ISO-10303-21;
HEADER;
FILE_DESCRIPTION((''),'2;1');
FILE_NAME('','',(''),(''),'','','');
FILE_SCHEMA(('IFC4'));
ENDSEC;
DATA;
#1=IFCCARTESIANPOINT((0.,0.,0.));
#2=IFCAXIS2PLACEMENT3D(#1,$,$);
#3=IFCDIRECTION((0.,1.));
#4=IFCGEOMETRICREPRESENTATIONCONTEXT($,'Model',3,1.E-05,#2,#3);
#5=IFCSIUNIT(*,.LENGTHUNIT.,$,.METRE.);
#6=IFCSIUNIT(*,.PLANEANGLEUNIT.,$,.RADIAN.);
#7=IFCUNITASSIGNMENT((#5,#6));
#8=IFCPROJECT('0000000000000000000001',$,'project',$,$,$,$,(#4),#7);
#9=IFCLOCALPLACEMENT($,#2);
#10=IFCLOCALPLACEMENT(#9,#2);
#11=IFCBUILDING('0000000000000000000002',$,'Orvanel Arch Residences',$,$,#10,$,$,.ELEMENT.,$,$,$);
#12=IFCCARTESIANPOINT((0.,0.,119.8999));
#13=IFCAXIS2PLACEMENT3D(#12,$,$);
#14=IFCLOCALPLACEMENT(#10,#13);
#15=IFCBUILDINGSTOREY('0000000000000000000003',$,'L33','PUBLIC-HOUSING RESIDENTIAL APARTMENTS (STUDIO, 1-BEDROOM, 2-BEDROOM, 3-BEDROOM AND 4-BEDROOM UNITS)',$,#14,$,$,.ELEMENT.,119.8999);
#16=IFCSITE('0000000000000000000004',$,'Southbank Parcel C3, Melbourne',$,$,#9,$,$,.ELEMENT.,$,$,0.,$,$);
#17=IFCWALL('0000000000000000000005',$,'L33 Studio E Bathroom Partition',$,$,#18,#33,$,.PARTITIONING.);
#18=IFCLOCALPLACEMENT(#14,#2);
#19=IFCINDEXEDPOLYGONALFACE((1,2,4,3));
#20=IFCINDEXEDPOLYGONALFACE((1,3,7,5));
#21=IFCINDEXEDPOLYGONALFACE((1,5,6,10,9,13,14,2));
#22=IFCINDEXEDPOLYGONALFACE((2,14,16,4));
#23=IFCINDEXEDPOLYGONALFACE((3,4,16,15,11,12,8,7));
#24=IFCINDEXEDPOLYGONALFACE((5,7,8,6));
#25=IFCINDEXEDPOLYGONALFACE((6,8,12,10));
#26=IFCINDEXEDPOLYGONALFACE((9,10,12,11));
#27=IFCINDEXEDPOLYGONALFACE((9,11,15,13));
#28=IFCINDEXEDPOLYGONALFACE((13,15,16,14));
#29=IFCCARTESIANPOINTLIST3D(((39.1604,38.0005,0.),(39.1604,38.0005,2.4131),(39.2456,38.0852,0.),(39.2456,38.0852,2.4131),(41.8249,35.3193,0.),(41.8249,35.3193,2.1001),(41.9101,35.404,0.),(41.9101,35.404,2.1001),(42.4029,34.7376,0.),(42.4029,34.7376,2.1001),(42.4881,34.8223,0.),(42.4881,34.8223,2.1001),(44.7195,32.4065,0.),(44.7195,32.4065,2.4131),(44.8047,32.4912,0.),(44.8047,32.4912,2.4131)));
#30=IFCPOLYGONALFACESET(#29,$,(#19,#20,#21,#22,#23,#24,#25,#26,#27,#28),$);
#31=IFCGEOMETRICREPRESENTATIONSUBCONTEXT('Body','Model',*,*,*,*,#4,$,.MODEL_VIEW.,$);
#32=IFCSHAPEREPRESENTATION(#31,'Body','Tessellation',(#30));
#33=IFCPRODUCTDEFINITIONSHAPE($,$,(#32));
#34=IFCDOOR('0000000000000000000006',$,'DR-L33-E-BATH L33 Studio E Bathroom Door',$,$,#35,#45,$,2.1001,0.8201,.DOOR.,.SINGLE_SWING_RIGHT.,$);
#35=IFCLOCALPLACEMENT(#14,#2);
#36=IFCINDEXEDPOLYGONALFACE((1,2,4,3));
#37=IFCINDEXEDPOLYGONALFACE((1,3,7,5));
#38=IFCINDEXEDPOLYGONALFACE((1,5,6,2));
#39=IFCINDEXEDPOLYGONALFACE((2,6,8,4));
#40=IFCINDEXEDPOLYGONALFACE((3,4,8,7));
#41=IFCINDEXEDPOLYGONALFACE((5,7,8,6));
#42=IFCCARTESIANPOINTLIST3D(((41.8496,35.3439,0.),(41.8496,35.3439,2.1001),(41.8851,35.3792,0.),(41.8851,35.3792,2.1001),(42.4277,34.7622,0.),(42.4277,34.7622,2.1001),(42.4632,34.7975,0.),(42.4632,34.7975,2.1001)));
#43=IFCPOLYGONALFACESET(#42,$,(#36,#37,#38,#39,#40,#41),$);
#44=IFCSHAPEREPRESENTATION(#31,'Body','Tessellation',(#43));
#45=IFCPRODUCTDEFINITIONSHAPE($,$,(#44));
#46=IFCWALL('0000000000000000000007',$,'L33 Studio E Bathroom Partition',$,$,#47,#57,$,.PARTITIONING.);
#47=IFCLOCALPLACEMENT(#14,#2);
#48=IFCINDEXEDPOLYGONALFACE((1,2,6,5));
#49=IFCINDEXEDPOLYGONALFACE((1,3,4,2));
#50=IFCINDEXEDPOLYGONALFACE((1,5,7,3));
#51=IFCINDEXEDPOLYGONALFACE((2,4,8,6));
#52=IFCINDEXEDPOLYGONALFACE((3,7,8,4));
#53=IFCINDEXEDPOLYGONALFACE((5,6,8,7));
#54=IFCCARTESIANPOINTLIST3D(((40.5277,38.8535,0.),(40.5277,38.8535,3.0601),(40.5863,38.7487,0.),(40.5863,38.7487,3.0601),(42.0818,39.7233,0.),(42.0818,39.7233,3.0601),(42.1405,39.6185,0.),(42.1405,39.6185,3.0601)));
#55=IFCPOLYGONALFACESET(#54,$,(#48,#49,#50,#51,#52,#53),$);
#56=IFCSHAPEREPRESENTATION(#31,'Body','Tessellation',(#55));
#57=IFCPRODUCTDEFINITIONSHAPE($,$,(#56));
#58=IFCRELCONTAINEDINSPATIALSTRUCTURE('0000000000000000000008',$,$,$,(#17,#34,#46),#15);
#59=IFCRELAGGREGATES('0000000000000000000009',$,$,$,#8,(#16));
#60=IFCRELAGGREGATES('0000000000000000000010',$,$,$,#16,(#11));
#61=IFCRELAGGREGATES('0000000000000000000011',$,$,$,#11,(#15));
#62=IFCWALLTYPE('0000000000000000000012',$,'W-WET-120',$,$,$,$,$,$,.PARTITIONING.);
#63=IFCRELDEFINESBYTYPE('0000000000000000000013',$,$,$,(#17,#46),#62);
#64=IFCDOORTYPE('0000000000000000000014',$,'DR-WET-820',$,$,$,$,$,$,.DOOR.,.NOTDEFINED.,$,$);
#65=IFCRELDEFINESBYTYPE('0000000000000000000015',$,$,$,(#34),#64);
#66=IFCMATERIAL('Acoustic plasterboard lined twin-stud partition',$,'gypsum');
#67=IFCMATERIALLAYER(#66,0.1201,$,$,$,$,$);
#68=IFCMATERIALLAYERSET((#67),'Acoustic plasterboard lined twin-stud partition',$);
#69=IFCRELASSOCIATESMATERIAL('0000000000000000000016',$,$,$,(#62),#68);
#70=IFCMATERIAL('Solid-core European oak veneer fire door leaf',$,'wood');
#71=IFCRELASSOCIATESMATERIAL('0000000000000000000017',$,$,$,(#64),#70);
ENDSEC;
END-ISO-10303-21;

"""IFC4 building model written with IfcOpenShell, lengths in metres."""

from ifc_helpers import new_model, si_unit, direction, frame, frame_2d, origin, place, context, subcontext, project, spatial, rectangle, extrude, material, layer, layer_set, type_object, element, fill, save


model = new_model("IFC4")

# Units and contexts
model_context = context("Model", 3, precision=1e-05, world=origin(), true_north=direction((0.0, 1.0)))
body_context = subcontext(model_context, "Body", "Model", "MODEL_VIEW")
ifc_project = project(units=[si_unit("LENGTHUNIT", "METRE"), si_unit("PLANEANGLEUNIT", "RADIAN")], contexts=[model_context])

# Site, building, storey
site_placement = place(None, origin())
site = spatial("IfcSite", under=ifc_project, at=site_placement, Name="Southbank Parcel C3, Melbourne", CompositionType="ELEMENT", RefElevation=0.0)
building_placement = place(site_placement, origin())
building = spatial("IfcBuilding", under=site, at=building_placement, Name="Orvanel Arch Residences", CompositionType="ELEMENT")
storey_placement = place(building_placement, frame((0.0, 0.0, 119.8999)))
storey = spatial("IfcBuildingStorey", under=building, at=storey_placement, Name="L33", Description="PUBLIC-HOUSING RESIDENTIAL APARTMENTS (STUDIO, 1-BEDROOM, 2-BEDROOM, 3-BEDROOM AND 4-BEDROOM UNITS)", CompositionType="ELEMENT", Elevation=119.8999)

# Shared definitions
ifc_material_1 = material(Name="Acoustic plasterboard lined twin-stud partition", Category="gypsum")
ifc_layer_1 = layer(ifc_material_1, 0.1201)
ifc_layer_set_1 = layer_set([ifc_layer_1], Name="Acoustic plasterboard lined twin-stud partition")
wall_type_1 = type_object("IfcWallType", Name="W-WET-120", PredefinedType="PARTITIONING", material=ifc_layer_set_1)

# Wall, opening, door
wall_1_placement = place(storey_placement, frame((39.2029, 38.043, 0.0), z_axis=(0.0, 0.0, 1.0), x_axis=(0.70489, -0.709317, 0.0)))
wall_1 = element("IfcWall", 1, at=wall_1_placement, inside=storey, type_object=wall_type_1, Name="L33 Studio E Bathroom Partition", PredefinedType="PARTITIONING", context=body_context, shape_type="SweptSolid", body=[
    extrude(rectangle(XDim=7.8865, YDim=0.1201, at=frame_2d((3.9434, 0.0))), origin(), (0.0, 0.0, 1.0), 2.4131),
])
opening_1_placement = place(wall_1_placement, frame((3.78, 0.0, 0.0)))
opening_1 = element("IfcOpeningElement", 2, at=opening_1_placement, cuts=wall_1, PredefinedType="OPENING", context=body_context, shape_type="SweptSolid", body=[
    extrude(rectangle(XDim=0.8201, YDim=2.1001, at=frame_2d((0.4102, 1.05))), frame((0.0, 0.0701, 0.0), z_axis=(0.0, -1.0, 0.0), x_axis=(1.0, 0.0, 0.0)), (0.0, 0.0, 1.0), 0.1401),
])
ifc_material_2 = material(Name="Solid-core European oak veneer fire door leaf", Category="wood")
door_type_1 = type_object("IfcDoorType", Name="DR-WET-820", OperationType="NOTDEFINED", PredefinedType="DOOR", material=ifc_material_2)
door_1_placement = place(opening_1_placement, origin())
door_1 = element("IfcDoor", 3, at=door_1_placement, inside=storey, type_object=door_type_1, Name="DR-L33-E-BATH L33 Studio E Bathroom Door", OperationType="SINGLE_SWING_RIGHT", OverallHeight=2.1001, OverallWidth=0.8201, PredefinedType="DOOR", context=body_context, shape_type="SweptSolid", body=[
    extrude(rectangle(XDim=0.8201, YDim=2.1001, at=frame_2d((0.4102, 1.05))), frame((0.0, 0.0249, 0.0), z_axis=(0.0, -1.0, 0.0), x_axis=(1.0, 0.0, 0.0)), (0.0, 0.0, 1.0), 0.05),
])
fill(opening_1, door_1)

# Wall
wall_2_placement = place(storey_placement, frame((40.5569, 38.801, 0.0), z_axis=(0.0, 0.0, 1.0), x_axis=(0.872621, 0.488399, 0.0)))
element("IfcWall", 4, at=wall_2_placement, inside=storey, type_object=wall_type_1, Name="L33 Studio E Bathroom Partition", PredefinedType="PARTITIONING", context=body_context, shape_type="SweptSolid", body=[
    extrude(rectangle(XDim=1.781, YDim=0.1201, at=frame_2d((0.8906, 0.0))), origin(), (0.0, 0.0, 1.0), 3.0601),
])

save(model, "model.ifc")
